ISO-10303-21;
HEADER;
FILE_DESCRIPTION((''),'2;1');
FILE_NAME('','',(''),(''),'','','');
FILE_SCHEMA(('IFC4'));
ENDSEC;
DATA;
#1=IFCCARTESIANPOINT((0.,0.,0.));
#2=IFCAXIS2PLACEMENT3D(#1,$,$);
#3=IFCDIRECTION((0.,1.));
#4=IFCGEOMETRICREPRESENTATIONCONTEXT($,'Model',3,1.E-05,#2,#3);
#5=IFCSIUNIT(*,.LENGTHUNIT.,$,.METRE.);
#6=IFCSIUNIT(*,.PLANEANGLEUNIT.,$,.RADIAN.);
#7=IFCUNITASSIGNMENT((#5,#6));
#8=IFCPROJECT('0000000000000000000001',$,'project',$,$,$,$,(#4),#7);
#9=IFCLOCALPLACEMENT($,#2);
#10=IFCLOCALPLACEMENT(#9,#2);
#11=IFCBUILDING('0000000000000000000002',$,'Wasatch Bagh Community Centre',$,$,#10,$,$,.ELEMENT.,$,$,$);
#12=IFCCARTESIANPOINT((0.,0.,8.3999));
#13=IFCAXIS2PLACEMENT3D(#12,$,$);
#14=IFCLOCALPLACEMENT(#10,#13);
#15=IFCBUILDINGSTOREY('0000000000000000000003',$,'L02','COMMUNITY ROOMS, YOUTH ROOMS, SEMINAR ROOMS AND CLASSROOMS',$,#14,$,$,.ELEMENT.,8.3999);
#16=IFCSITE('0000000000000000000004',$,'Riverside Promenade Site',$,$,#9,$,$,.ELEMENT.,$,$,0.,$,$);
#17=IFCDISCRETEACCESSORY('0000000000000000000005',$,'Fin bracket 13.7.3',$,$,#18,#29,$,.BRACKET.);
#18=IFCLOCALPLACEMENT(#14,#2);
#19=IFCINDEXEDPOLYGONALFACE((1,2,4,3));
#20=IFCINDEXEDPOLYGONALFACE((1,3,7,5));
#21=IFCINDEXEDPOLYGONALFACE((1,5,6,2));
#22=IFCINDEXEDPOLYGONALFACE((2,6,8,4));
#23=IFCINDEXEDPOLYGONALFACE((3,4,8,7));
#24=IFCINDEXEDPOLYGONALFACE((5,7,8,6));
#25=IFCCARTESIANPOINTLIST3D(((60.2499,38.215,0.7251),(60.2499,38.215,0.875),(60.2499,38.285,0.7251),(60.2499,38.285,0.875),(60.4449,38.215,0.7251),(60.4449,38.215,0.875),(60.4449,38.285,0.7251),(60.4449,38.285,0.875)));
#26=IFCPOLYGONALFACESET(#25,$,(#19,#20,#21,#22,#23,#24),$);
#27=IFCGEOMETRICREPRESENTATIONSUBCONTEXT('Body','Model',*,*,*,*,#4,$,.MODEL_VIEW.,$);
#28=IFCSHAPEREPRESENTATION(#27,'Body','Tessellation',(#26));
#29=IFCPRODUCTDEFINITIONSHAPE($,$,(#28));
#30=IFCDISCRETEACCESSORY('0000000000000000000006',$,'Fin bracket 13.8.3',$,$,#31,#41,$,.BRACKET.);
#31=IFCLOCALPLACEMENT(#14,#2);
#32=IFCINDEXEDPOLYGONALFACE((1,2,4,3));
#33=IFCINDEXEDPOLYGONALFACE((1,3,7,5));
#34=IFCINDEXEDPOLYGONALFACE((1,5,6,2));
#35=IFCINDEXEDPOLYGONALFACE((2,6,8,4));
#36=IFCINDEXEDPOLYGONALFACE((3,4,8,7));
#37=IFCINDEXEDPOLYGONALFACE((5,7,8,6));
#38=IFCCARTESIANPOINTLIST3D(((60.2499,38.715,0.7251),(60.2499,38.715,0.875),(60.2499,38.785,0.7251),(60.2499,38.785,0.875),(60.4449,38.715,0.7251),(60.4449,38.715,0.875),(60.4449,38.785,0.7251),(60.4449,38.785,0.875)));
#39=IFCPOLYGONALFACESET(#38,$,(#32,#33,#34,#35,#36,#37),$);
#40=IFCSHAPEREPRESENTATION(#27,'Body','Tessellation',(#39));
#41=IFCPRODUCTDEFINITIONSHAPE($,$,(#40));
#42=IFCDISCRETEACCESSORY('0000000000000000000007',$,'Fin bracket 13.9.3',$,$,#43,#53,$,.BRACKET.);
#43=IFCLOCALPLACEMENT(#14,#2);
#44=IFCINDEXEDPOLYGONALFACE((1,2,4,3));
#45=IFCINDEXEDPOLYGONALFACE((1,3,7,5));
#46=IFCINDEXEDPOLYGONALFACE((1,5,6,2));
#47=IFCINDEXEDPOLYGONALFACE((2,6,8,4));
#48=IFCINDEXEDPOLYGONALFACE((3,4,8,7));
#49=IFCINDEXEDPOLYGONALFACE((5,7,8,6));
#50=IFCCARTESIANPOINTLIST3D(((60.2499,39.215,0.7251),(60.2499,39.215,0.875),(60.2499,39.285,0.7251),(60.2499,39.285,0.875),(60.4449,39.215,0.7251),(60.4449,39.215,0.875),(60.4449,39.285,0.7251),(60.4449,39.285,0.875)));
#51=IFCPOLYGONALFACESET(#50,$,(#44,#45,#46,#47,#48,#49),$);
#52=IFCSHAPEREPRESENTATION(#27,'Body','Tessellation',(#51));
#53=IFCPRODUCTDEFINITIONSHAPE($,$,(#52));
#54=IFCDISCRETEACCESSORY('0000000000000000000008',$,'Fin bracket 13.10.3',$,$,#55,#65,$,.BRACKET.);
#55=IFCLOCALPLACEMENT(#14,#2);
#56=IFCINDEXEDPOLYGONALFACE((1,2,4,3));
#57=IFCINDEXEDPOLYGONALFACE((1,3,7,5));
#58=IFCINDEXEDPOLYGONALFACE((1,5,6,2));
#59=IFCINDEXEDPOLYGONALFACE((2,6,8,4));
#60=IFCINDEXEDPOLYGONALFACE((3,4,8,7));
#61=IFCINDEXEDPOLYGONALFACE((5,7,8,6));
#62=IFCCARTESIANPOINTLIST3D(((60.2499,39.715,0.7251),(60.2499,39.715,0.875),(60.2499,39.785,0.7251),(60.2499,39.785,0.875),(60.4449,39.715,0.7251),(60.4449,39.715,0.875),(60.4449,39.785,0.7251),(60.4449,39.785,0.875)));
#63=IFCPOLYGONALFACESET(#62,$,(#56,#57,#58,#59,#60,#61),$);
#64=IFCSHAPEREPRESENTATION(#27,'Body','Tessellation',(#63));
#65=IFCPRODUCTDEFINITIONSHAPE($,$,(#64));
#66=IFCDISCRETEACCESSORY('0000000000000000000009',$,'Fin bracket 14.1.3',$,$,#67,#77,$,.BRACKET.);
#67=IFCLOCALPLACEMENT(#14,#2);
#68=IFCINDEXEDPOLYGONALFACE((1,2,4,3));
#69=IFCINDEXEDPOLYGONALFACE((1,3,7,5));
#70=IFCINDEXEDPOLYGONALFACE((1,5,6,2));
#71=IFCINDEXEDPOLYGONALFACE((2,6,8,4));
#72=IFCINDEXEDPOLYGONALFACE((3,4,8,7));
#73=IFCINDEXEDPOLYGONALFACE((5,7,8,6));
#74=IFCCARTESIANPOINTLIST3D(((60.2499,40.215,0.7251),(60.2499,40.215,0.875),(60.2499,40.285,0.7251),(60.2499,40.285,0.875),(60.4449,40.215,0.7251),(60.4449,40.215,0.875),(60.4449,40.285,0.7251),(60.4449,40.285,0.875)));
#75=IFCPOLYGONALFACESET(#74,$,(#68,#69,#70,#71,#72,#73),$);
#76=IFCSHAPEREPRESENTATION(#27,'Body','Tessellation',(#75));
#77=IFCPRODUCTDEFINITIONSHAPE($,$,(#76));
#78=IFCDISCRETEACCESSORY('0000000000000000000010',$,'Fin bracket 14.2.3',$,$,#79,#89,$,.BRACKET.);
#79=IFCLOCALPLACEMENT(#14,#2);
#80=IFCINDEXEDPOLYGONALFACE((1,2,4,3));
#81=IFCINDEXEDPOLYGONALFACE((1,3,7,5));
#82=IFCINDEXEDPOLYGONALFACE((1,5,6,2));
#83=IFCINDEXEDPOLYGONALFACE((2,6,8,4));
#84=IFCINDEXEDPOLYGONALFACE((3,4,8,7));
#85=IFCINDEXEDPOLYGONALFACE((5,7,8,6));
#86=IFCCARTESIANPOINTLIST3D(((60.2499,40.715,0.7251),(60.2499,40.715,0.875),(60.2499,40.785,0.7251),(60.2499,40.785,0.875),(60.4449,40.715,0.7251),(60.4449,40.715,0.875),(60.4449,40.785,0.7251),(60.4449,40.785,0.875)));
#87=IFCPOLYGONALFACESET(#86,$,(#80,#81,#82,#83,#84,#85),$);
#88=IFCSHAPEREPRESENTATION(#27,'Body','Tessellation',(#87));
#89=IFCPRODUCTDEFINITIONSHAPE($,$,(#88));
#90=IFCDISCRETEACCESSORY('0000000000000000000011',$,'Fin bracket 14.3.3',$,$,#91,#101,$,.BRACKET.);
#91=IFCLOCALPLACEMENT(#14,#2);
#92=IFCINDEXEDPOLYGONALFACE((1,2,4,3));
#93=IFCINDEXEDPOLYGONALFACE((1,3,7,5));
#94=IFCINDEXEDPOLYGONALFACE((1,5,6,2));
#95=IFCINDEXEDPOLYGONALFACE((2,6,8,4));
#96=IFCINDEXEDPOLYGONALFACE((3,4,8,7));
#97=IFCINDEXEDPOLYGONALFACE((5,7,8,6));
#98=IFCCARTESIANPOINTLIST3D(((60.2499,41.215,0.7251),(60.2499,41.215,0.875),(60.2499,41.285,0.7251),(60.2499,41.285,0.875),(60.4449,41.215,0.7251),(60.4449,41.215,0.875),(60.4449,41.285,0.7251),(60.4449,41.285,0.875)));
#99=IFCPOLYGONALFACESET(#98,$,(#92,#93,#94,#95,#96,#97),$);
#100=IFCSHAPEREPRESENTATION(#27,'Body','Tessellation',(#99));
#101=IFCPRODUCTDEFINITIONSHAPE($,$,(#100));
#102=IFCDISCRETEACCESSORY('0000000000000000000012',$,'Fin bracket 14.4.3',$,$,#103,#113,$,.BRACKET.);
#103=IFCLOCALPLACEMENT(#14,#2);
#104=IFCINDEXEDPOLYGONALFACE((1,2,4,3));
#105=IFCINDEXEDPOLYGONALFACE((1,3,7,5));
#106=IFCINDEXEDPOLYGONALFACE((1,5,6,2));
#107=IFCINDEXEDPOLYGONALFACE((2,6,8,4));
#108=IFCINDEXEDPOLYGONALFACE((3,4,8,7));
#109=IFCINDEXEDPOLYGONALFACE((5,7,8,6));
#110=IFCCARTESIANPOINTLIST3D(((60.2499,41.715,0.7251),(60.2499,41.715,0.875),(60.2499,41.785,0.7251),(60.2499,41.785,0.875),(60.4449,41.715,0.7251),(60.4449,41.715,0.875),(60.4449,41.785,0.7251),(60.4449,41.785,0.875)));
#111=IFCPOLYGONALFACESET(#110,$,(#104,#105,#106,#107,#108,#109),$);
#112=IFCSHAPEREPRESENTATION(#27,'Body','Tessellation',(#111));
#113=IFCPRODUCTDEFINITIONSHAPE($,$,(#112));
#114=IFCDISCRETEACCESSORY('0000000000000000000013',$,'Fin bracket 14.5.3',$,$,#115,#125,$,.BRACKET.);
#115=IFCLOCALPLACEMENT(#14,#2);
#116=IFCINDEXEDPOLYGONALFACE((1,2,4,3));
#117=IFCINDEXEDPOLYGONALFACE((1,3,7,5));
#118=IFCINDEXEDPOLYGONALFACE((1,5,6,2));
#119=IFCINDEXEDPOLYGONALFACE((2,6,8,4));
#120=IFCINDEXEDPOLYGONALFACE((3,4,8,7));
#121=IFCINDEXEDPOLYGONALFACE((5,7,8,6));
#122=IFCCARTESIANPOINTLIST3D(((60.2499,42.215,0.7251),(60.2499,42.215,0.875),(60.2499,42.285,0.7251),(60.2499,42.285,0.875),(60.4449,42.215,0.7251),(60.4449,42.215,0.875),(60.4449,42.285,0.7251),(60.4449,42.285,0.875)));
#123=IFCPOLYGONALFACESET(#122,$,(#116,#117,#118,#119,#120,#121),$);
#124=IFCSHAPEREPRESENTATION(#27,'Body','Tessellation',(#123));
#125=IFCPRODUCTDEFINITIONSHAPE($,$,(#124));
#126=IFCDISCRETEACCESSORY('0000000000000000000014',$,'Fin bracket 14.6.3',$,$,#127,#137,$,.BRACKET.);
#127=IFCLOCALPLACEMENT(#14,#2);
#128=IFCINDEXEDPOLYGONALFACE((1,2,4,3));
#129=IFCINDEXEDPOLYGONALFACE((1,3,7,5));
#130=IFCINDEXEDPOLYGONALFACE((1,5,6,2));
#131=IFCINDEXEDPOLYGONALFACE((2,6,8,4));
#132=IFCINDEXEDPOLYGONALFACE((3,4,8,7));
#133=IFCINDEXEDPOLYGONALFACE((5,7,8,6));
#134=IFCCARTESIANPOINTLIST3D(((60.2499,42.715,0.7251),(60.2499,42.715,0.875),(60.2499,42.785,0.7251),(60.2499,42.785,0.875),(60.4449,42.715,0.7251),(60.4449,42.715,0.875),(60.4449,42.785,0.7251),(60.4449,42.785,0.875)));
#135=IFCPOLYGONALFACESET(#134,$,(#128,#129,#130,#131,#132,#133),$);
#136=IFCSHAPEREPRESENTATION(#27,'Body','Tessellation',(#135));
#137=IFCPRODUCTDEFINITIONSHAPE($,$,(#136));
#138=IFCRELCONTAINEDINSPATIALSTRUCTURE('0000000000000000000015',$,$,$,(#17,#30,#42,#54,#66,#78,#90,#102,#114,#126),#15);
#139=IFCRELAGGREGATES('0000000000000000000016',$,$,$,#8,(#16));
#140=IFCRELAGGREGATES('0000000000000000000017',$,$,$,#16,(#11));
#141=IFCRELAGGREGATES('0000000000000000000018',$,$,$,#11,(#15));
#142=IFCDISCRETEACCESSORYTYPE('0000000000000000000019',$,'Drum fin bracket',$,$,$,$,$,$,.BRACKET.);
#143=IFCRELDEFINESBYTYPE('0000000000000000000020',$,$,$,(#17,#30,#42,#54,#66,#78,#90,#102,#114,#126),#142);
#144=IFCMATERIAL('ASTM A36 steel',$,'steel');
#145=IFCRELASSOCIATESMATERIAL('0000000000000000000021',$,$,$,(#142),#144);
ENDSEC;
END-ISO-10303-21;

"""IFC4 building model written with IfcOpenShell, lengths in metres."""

from ifc_helpers import new_model, si_unit, direction, frame, origin, origin_2d, place, context, subcontext, project, spatial, rectangle, extrude, material, type_object, element, save


model = new_model("IFC4")

# Units and contexts
model_context = context("Model", 3, precision=1e-05, world=origin(), true_north=direction((0.0, 1.0)))
body_context = subcontext(model_context, "Body", "Model", "MODEL_VIEW")
ifc_project = project(units=[si_unit("LENGTHUNIT", "METRE"), si_unit("PLANEANGLEUNIT", "RADIAN")], contexts=[model_context])

# Site, building, storey
site_placement = place(None, origin())
site = spatial("IfcSite", under=ifc_project, at=site_placement, Name="Riverside Promenade Site", CompositionType="ELEMENT", RefElevation=0.0)
building_placement = place(site_placement, origin())
building = spatial("IfcBuilding", under=site, at=building_placement, Name="Wasatch Bagh Community Centre", CompositionType="ELEMENT")
storey_placement = place(building_placement, frame((0.0, 0.0, 8.3999)))
storey = spatial("IfcBuildingStorey", under=building, at=storey_placement, Name="L02", Description="COMMUNITY ROOMS, YOUTH ROOMS, SEMINAR ROOMS AND CLASSROOMS", CompositionType="ELEMENT", Elevation=8.3999)

# Discrete accessories
ifc_material_1 = material(Name="ASTM A36 steel", Category="steel")
discrete_accessory_type = type_object("IfcDiscreteAccessoryType", Name="Drum fin bracket", PredefinedType="BRACKET", material=ifc_material_1)
for number, where, z_axis, x_axis, name in (
    (1, (60.3474, 38.25, 0.7251), (0.0, 0.0, 1.0), (0.0, 1.0, 0.0), "Fin bracket 13.7.3"),
    (2, (60.3474, 38.75, 0.7251), (0.0, 0.0, 1.0), (0.0, 1.0, 0.0), "Fin bracket 13.8.3"),
    (3, (60.3474, 39.25, 0.7251), (0.0, 0.0, 1.0), (0.0, 1.0, 0.0), "Fin bracket 13.9.3"),
    (4, (60.3474, 39.75, 0.7251), (0.0, 0.0, 1.0), (0.0, 1.0, 0.0), "Fin bracket 13.10.3"),
    (5, (60.3474, 40.25, 0.7251), (0.0, 0.0, 1.0), (0.0, 1.0, 0.0), "Fin bracket 14.1.3"),
    (6, (60.3474, 40.75, 0.7251), (0.0, 0.0, 1.0), (0.0, 1.0, 0.0), "Fin bracket 14.2.3"),
    (7, (60.3474, 41.25, 0.7251), (0.0, 0.0, 1.0), (0.0, 1.0, 0.0), "Fin bracket 14.3.3"),
    (8, (60.3474, 41.75, 0.7251), (0.0, 0.0, 1.0), (0.0, 1.0, 0.0), "Fin bracket 14.4.3"),
    (9, (60.3474, 42.25, 0.7251), (0.0, 0.0, 1.0), (0.0, 1.0, 0.0), "Fin bracket 14.5.3"),
    (10, (60.3474, 42.75, 0.7251), (0.0, 0.0, 1.0), (0.0, 1.0, 0.0), "Fin bracket 14.6.3"),
):
    element("IfcDiscreteAccessory", number, at=place(storey_placement, frame(where, z_axis=z_axis, x_axis=x_axis)), inside=storey, type_object=discrete_accessory_type, Name=name, PredefinedType="BRACKET", context=body_context, shape_type="SweptSolid", body=[
        extrude(rectangle(XDim=0.0701, YDim=0.1951, at=origin_2d()), origin(), (0.0, 0.0, 1.0), 0.1499),
    ])

save(model, "model.ifc")
